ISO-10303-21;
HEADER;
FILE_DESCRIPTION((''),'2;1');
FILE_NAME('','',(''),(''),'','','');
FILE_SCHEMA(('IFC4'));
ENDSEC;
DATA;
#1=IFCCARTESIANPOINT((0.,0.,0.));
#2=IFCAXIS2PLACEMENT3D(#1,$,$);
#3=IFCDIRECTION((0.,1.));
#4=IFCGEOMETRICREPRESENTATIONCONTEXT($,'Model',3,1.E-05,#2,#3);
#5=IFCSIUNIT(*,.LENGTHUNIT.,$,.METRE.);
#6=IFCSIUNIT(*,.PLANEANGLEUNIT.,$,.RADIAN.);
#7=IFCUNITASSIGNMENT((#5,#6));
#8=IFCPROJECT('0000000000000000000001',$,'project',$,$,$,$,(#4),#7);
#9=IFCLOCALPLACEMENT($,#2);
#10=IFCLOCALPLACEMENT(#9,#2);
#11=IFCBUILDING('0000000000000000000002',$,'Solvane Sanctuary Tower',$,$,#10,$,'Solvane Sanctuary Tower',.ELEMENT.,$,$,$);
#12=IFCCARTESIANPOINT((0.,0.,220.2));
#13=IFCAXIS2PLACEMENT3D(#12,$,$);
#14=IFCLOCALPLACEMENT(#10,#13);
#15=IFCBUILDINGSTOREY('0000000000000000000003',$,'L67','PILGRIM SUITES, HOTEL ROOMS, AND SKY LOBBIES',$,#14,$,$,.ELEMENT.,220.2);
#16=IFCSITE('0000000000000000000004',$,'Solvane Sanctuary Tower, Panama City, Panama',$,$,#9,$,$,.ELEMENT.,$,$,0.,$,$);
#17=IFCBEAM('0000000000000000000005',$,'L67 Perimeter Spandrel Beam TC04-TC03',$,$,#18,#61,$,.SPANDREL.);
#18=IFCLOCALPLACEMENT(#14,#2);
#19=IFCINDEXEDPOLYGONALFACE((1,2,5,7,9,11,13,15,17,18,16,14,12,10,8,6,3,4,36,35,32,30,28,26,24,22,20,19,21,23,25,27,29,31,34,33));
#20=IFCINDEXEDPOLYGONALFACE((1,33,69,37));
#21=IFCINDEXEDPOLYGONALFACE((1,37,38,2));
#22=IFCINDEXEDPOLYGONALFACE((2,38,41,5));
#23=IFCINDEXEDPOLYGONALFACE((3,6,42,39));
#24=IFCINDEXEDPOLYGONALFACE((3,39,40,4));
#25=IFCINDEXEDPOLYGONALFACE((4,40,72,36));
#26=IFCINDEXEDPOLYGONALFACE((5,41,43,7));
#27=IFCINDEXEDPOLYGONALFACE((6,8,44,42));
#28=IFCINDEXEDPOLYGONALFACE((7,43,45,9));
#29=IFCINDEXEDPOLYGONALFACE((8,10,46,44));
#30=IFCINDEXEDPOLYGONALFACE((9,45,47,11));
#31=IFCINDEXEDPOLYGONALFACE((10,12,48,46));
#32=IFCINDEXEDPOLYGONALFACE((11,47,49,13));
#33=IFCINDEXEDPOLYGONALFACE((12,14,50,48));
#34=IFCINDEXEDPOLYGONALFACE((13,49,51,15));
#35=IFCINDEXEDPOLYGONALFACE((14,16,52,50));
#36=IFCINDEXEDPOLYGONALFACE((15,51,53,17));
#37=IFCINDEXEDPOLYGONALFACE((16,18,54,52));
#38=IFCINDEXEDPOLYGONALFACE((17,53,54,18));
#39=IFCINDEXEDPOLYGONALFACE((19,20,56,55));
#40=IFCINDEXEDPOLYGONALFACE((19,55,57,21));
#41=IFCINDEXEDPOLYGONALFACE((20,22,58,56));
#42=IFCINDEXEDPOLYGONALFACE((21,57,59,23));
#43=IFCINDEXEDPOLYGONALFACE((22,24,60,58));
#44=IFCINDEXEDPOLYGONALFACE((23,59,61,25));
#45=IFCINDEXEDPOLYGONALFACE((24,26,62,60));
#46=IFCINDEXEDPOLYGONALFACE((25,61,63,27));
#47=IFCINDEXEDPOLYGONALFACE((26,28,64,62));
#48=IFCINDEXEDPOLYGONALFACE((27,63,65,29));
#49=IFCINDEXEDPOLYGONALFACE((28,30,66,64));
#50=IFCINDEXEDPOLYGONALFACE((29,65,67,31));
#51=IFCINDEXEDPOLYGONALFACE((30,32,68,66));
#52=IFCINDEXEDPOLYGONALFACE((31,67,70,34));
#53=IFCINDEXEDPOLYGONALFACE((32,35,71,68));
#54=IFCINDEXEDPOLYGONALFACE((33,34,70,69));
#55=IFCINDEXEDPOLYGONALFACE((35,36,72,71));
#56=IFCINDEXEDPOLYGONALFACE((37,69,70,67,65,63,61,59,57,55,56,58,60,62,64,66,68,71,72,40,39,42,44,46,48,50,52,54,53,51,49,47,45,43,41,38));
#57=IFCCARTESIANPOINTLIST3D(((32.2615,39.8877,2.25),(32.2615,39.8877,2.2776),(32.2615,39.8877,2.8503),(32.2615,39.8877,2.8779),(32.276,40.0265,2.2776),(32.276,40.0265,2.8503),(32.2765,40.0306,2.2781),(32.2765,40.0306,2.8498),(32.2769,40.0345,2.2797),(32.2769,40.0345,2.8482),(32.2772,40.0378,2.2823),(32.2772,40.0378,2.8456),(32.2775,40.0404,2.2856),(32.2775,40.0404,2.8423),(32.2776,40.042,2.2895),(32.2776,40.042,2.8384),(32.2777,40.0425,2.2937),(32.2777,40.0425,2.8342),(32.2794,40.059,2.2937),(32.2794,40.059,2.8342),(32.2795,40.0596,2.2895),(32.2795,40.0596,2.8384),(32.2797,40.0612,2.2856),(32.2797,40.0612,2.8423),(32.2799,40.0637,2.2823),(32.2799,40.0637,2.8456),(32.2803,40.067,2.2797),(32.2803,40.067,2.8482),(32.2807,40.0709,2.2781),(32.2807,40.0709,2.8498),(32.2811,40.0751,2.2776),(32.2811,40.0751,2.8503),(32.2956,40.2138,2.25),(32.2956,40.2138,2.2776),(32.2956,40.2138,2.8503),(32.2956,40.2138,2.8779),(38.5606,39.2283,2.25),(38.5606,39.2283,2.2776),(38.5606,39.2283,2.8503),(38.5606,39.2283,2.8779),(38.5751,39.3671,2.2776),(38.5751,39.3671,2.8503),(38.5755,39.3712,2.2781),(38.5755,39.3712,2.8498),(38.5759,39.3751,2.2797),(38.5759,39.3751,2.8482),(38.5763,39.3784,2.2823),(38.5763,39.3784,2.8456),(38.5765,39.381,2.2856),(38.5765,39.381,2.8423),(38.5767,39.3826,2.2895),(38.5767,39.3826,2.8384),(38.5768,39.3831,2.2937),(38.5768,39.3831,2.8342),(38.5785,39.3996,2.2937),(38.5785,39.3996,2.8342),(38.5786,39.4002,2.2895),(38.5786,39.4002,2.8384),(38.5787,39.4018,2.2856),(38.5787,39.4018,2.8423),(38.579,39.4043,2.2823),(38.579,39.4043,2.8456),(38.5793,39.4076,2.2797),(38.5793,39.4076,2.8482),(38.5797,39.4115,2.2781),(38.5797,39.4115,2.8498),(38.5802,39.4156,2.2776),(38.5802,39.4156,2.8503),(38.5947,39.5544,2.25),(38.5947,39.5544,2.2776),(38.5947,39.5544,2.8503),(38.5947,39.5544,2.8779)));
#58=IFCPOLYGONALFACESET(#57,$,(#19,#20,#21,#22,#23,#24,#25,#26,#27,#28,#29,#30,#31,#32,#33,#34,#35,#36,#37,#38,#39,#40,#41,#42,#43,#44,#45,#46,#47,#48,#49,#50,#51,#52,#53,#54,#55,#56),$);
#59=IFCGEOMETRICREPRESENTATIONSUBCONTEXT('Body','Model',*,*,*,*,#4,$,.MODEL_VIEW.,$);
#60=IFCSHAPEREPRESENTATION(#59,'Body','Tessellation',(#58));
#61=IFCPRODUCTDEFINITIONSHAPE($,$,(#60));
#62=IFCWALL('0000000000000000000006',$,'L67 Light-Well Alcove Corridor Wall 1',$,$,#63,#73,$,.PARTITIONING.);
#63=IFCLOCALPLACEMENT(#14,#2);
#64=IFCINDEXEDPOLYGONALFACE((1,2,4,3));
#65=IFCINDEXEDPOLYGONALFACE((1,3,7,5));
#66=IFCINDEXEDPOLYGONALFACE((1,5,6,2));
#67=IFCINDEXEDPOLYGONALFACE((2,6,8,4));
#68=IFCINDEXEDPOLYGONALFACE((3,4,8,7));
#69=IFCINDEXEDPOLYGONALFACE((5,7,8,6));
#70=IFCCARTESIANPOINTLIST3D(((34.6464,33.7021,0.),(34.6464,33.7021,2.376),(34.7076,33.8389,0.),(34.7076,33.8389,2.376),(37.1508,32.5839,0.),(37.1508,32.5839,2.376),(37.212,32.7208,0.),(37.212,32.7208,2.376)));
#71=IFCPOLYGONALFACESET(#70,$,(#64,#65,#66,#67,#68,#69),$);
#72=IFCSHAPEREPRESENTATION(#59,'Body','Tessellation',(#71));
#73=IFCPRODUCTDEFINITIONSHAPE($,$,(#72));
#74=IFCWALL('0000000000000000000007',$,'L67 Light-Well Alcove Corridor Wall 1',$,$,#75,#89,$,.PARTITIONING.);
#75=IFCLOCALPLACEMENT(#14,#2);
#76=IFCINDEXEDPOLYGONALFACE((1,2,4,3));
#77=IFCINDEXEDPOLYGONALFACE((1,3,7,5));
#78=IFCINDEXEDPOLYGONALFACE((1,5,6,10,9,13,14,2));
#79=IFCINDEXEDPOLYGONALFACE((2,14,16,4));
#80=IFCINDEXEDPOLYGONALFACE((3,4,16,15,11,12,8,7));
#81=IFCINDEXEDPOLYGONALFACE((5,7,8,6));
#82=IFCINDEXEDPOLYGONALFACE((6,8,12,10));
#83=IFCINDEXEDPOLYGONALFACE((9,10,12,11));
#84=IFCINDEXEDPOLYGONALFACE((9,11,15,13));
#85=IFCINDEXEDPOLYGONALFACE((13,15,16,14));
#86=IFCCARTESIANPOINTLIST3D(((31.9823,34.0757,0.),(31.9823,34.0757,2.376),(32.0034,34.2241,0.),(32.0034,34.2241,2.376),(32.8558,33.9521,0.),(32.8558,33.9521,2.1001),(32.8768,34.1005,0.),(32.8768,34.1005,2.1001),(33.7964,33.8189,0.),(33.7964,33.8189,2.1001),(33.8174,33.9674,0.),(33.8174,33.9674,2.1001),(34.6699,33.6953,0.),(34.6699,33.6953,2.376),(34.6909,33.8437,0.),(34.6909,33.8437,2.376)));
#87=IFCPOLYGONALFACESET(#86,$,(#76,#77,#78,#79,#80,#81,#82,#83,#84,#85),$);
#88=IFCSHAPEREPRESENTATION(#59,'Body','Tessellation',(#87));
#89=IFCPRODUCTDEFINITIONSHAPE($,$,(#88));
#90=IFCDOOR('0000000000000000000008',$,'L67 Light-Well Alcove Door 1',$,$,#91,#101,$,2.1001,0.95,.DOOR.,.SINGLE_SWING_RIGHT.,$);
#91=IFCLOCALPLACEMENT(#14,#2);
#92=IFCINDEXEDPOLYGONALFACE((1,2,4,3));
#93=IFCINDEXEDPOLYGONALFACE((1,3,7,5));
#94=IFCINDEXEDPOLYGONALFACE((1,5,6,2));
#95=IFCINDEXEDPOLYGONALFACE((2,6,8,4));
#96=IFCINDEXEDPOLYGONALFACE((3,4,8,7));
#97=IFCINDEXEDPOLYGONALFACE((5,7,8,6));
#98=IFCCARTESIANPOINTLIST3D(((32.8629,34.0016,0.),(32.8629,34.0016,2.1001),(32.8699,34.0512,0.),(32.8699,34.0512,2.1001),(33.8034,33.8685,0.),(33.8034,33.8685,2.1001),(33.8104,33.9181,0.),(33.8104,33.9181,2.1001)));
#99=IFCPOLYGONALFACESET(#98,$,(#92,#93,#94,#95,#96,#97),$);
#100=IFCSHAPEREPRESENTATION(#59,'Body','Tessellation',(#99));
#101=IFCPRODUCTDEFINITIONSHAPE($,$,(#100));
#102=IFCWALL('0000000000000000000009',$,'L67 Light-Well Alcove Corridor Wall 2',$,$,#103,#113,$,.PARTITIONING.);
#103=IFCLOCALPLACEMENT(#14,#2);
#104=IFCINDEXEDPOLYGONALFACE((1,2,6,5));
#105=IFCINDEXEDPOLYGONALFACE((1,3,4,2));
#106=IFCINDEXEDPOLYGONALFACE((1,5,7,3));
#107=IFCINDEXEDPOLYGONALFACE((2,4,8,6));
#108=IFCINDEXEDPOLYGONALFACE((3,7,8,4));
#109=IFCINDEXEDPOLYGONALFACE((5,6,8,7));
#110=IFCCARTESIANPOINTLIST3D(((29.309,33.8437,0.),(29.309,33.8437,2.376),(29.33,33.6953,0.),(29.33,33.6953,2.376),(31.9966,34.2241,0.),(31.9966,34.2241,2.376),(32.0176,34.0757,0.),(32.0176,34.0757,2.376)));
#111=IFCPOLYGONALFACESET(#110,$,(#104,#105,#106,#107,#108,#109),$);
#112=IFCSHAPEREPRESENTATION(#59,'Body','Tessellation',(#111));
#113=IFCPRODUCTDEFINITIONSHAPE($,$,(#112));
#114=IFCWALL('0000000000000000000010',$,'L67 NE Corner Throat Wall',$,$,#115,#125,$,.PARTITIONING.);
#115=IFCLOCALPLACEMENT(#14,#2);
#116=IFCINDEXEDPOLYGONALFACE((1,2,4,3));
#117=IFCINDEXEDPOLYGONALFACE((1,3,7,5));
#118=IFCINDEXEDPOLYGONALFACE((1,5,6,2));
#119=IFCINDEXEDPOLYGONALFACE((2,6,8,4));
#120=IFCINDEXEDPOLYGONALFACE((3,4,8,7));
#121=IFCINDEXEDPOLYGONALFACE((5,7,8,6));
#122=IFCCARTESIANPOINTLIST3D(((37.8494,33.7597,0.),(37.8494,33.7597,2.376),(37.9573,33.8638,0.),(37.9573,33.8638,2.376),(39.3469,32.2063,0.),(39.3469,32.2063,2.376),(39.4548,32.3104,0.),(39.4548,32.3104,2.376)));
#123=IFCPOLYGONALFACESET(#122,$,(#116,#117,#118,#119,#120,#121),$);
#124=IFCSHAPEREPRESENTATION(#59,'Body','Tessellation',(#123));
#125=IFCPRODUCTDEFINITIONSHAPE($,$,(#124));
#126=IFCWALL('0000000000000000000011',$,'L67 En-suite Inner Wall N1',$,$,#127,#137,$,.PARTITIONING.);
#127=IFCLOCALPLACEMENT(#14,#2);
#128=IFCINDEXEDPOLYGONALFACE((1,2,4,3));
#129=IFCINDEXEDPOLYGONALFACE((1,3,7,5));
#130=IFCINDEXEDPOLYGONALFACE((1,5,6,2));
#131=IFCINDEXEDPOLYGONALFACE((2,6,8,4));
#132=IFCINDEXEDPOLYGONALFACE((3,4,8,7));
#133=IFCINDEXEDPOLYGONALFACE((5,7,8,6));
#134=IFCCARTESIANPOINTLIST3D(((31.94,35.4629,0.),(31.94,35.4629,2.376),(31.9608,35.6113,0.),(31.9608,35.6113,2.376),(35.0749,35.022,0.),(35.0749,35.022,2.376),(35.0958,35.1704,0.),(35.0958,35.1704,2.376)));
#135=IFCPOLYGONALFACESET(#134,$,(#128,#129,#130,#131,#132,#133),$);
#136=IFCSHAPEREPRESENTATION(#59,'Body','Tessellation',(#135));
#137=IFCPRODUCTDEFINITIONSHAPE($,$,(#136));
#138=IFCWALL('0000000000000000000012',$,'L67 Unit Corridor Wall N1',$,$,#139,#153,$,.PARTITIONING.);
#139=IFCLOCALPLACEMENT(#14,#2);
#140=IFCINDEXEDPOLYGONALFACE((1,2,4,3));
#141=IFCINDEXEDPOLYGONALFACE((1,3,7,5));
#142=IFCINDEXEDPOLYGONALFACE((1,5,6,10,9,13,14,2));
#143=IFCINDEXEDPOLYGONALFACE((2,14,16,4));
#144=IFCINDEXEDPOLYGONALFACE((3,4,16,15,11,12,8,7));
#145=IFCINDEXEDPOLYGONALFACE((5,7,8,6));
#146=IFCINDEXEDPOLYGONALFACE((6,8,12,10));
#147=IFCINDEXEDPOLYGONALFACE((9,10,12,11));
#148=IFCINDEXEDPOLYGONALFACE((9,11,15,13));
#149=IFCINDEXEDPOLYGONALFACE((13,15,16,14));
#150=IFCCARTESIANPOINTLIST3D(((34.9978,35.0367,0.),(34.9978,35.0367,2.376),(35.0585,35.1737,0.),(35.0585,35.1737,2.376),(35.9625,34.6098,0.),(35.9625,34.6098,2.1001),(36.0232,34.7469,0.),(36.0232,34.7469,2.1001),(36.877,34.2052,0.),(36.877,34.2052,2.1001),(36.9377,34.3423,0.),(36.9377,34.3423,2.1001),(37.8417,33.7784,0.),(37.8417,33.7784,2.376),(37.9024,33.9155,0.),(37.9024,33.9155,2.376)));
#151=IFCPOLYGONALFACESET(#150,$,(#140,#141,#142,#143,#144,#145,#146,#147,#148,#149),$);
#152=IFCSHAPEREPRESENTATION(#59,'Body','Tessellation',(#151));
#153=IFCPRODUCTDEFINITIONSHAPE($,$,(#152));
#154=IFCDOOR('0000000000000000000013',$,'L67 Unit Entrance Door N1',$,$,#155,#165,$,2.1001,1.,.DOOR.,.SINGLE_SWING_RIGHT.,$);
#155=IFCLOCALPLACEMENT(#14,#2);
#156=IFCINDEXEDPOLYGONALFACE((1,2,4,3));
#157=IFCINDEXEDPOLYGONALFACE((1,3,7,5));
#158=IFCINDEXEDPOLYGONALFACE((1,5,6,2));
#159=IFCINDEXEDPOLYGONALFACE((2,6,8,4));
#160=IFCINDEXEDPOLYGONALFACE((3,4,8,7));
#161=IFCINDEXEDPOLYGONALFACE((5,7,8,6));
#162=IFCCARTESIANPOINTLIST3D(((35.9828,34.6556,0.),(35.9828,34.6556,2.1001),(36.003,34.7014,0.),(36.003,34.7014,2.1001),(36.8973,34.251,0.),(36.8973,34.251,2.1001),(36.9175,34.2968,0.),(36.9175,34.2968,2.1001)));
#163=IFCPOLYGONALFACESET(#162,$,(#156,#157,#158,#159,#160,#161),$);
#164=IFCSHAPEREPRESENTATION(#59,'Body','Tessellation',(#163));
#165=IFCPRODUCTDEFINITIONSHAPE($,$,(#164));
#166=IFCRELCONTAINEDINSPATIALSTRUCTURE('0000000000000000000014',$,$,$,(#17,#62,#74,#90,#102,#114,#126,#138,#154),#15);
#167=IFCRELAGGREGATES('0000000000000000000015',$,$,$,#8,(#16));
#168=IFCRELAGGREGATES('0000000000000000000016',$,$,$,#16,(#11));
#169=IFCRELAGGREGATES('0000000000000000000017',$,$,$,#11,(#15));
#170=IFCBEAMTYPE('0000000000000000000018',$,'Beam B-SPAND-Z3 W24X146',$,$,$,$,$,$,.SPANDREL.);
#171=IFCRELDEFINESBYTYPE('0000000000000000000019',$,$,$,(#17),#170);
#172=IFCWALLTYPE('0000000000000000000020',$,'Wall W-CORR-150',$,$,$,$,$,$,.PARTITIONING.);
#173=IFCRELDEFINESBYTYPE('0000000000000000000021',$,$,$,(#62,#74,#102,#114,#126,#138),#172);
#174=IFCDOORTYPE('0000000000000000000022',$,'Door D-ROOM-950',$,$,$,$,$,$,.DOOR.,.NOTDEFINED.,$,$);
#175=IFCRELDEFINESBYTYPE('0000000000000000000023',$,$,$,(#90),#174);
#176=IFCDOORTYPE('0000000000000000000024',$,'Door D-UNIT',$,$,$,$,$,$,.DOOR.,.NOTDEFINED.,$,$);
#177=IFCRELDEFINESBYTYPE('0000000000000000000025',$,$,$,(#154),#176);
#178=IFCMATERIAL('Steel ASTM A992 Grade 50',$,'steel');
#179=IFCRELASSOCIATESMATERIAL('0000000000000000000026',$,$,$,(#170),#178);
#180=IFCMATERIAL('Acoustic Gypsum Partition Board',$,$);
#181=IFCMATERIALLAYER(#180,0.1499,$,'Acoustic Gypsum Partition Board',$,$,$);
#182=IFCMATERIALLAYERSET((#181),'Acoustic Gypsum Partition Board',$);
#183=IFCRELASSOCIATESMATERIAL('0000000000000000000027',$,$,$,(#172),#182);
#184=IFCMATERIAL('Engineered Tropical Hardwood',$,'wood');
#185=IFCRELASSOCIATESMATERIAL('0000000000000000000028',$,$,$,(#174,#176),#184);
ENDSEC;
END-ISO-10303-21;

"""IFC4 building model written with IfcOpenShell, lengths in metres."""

from ifc_helpers import new_model, si_unit, direction, frame, frame_2d, origin, origin_2d, place, context, subcontext, project, spatial, rectangle, i_section, extrude, material, layer, layer_set, material_profile, profile_set, type_object, element, fill, save


model = new_model("IFC4")

# Units and contexts
model_context = context("Model", 3, precision=1e-05, world=origin(), true_north=direction((0.0, 1.0)))
body_context = subcontext(model_context, "Body", "Model", "MODEL_VIEW")
ifc_project = project(units=[si_unit("LENGTHUNIT", "METRE"), si_unit("PLANEANGLEUNIT", "RADIAN")], contexts=[model_context])

# Site, building, storey
site_placement = place(None, origin())
site = spatial("IfcSite", under=ifc_project, at=site_placement, Name="Solvane Sanctuary Tower, Panama City, Panama", CompositionType="ELEMENT", RefElevation=0.0)
building_placement = place(site_placement, origin())
building = spatial("IfcBuilding", under=site, at=building_placement, Name="Solvane Sanctuary Tower", LongName="Solvane Sanctuary Tower", CompositionType="ELEMENT")
storey_placement = place(building_placement, frame((0.0, 0.0, 220.2)))
storey = spatial("IfcBuildingStorey", under=building, at=storey_placement, Name="L67", Description="PILGRIM SUITES, HOTEL ROOMS, AND SKY LOBBIES", CompositionType="ELEMENT", Elevation=220.2)

# Beam
ifc_material_1 = material(Name="Steel ASTM A992 Grade 50", Category="steel")
ifc_material_profile_1 = material_profile(ifc_material_1, i_section(OverallWidth=0.3279, OverallDepth=0.6279, WebThickness=0.0166, FlangeThickness=0.0276, FilletRadius=0.0161, at=origin_2d()), Name="W24X146")
ifc_profile_set_1 = profile_set([ifc_material_profile_1], Name="Steel ASTM A992 Grade 50")
beam_type_1 = type_object("IfcBeamType", Name="Beam B-SPAND-Z3 W24X146", PredefinedType="SPANDREL", material=ifc_profile_set_1)
beam_1_placement = place(storey_placement, frame((32.2786, 40.0508, 2.564), z_axis=(0.994565, -0.104117, 0.0), x_axis=(0.104117, 0.994565, 0.0)))
element("IfcBeam", 1, at=beam_1_placement, inside=storey, type_object=beam_type_1, Name="L67 Perimeter Spandrel Beam TC04-TC03", PredefinedType="SPANDREL", context=body_context, shape_type="SweptSolid", body=[
    extrude(i_section(OverallWidth=0.3279, OverallDepth=0.6279, WebThickness=0.0166, FlangeThickness=0.0276, FilletRadius=0.0161, at=origin_2d()), origin(), (0.0, 0.0, 1.0), 6.3335),
])

# Wall
ifc_material_2 = material(Name="Acoustic Gypsum Partition Board")
ifc_layer_1 = layer(ifc_material_2, 0.1499, Name="Acoustic Gypsum Partition Board")
ifc_layer_set_1 = layer_set([ifc_layer_1], Name="Acoustic Gypsum Partition Board")
wall_type_1 = type_object("IfcWallType", Name="Wall W-CORR-150", PredefinedType="PARTITIONING", material=ifc_layer_set_1)
wall_1_placement = place(storey_placement, frame((37.1814, 32.6523, 0.0), z_axis=(0.0, 0.0, 1.0), x_axis=(-0.91312, 0.407691, 0.0)))
element("IfcWall", 2, at=wall_1_placement, inside=storey, type_object=wall_type_1, Name="L67 Light-Well Alcove Corridor Wall 1", PredefinedType="PARTITIONING", context=body_context, shape_type="SweptSolid", body=[
    extrude(rectangle(XDim=2.7427, YDim=0.1499, at=frame_2d((1.3713, 0.0))), origin(), (0.0, 0.0, 1.0), 2.376),
])

# Wall, opening, door
wall_2_placement = place(storey_placement, frame((34.6804, 33.7695, 0.0), z_axis=(0.0, 0.0, 1.0), x_axis=(-0.990132, 0.140137, 0.0)))
wall_2 = element("IfcWall", 3, at=wall_2_placement, inside=storey, type_object=wall_type_1, Name="L67 Light-Well Alcove Corridor Wall 1", PredefinedType="PARTITIONING", context=body_context, shape_type="SweptSolid", body=[
    extrude(rectangle(XDim=2.7144, YDim=0.1499, at=frame_2d((1.3572, 0.0))), origin(), (0.0, 0.0, 1.0), 2.376),
])
opening_1_placement = place(wall_2_placement, frame((0.8821, 0.0, 0.0)))
opening_1 = element("IfcOpeningElement", 4, at=opening_1_placement, cuts=wall_2, PredefinedType="OPENING", context=body_context, shape_type="SweptSolid", body=[
    extrude(rectangle(XDim=0.95, YDim=2.1001, at=frame_2d((0.4751, 1.05))), frame((0.0, 0.085, 0.0), z_axis=(0.0, -1.0, 0.0), x_axis=(1.0, 0.0, 0.0)), (0.0, 0.0, 1.0), 0.1699),
])
ifc_material_3 = material(Name="Engineered Tropical Hardwood", Category="wood")
door_type_1 = type_object("IfcDoorType", Name="Door D-ROOM-950", OperationType="NOTDEFINED", PredefinedType="DOOR", material=ifc_material_3)
door_1_placement = place(opening_1_placement, origin())
door_1 = element("IfcDoor", 5, at=door_1_placement, inside=storey, type_object=door_type_1, Name="L67 Light-Well Alcove Door 1", OperationType="SINGLE_SWING_RIGHT", OverallHeight=2.1001, OverallWidth=0.95, PredefinedType="DOOR", context=body_context, shape_type="SweptSolid", body=[
    extrude(rectangle(XDim=0.95, YDim=2.1001, at=frame_2d((0.4751, 1.05))), frame((0.0, 0.0249, 0.0), z_axis=(0.0, -1.0, 0.0), x_axis=(1.0, 0.0, 0.0)), (0.0, 0.0, 1.0), 0.05),
])
fill(opening_1, door_1)

# Walls
wall_3_placement = place(storey_placement, frame((32.0071, 34.1499, 0.0), z_axis=(0.0, 0.0, 1.0), x_axis=(-0.990132, -0.140137, 0.0)))
element("IfcWall", 6, at=wall_3_placement, inside=storey, type_object=wall_type_1, Name="L67 Light-Well Alcove Corridor Wall 2", PredefinedType="PARTITIONING", context=body_context, shape_type="SweptSolid", body=[
    extrude(rectangle(XDim=2.7144, YDim=0.1499, at=frame_2d((1.3572, 0.0))), origin(), (0.0, 0.0, 1.0), 2.376),
])
wall_4_placement = place(storey_placement, frame((37.9033, 33.8118, 0.0), z_axis=(0.0, 0.0, 1.0), x_axis=(0.694033, -0.719943, 0.0)))
element("IfcWall", 7, at=wall_4_placement, inside=storey, type_object=wall_type_1, Name="L67 NE Corner Throat Wall", PredefinedType="PARTITIONING", context=body_context, shape_type="SweptSolid", body=[
    extrude(rectangle(XDim=2.1577, YDim=0.1499, at=frame_2d((1.0789, 0.0))), origin(), (0.0, 0.0, 1.0), 2.376),
])
wall_5_placement = place(storey_placement, frame((35.0854, 35.0962, 0.0), z_axis=(0.0, 0.0, 1.0), x_axis=(-0.990254, 0.139273, 0.0)))
element("IfcWall", 8, at=wall_5_placement, inside=storey, type_object=wall_type_1, Name="L67 En-suite Inner Wall N1", PredefinedType="PARTITIONING", context=body_context, shape_type="SweptSolid", body=[
    extrude(rectangle(XDim=3.1658, YDim=0.1499, at=frame_2d((1.583, 0.0))), origin(), (0.0, 0.0, 1.0), 2.376),
])

# Wall, opening, door
wall_6_placement = place(storey_placement, frame((37.8721, 33.8469, 0.0), z_axis=(0.0, 0.0, 1.0), x_axis=(-0.91449, 0.404608, 0.0)))
wall_6 = element("IfcWall", 9, at=wall_6_placement, inside=storey, type_object=wall_type_1, Name="L67 Unit Corridor Wall N1", PredefinedType="PARTITIONING", context=body_context, shape_type="SweptSolid", body=[
    extrude(rectangle(XDim=3.1099, YDim=0.1499, at=frame_2d((1.5549, 0.0))), origin(), (0.0, 0.0, 1.0), 2.376),
])
opening_2_placement = place(wall_6_placement, frame((1.0549, 0.0, 0.0)))
opening_2 = element("IfcOpeningElement", 10, at=opening_2_placement, cuts=wall_6, PredefinedType="OPENING", context=body_context, shape_type="SweptSolid", body=[
    extrude(rectangle(XDim=1.0, YDim=2.1001, at=frame_2d((0.5, 1.05))), frame((0.0, 0.085, 0.0), z_axis=(0.0, -1.0, 0.0), x_axis=(1.0, 0.0, 0.0)), (0.0, 0.0, 1.0), 0.1699),
])
door_type_2 = type_object("IfcDoorType", Name="Door D-UNIT", OperationType="NOTDEFINED", PredefinedType="DOOR", material=ifc_material_3)
door_2_placement = place(opening_2_placement, origin())
door_2 = element("IfcDoor", 11, at=door_2_placement, inside=storey, type_object=door_type_2, Name="L67 Unit Entrance Door N1", OperationType="SINGLE_SWING_RIGHT", OverallHeight=2.1001, OverallWidth=1.0, PredefinedType="DOOR", context=body_context, shape_type="SweptSolid", body=[
    extrude(rectangle(XDim=1.0, YDim=2.1001, at=frame_2d((0.5, 1.05))), frame((0.0, 0.0249, 0.0), z_axis=(0.0, -1.0, 0.0), x_axis=(1.0, 0.0, 0.0)), (0.0, 0.0, 1.0), 0.05),
])
fill(opening_2, door_2)

save(model, "model.ifc")
